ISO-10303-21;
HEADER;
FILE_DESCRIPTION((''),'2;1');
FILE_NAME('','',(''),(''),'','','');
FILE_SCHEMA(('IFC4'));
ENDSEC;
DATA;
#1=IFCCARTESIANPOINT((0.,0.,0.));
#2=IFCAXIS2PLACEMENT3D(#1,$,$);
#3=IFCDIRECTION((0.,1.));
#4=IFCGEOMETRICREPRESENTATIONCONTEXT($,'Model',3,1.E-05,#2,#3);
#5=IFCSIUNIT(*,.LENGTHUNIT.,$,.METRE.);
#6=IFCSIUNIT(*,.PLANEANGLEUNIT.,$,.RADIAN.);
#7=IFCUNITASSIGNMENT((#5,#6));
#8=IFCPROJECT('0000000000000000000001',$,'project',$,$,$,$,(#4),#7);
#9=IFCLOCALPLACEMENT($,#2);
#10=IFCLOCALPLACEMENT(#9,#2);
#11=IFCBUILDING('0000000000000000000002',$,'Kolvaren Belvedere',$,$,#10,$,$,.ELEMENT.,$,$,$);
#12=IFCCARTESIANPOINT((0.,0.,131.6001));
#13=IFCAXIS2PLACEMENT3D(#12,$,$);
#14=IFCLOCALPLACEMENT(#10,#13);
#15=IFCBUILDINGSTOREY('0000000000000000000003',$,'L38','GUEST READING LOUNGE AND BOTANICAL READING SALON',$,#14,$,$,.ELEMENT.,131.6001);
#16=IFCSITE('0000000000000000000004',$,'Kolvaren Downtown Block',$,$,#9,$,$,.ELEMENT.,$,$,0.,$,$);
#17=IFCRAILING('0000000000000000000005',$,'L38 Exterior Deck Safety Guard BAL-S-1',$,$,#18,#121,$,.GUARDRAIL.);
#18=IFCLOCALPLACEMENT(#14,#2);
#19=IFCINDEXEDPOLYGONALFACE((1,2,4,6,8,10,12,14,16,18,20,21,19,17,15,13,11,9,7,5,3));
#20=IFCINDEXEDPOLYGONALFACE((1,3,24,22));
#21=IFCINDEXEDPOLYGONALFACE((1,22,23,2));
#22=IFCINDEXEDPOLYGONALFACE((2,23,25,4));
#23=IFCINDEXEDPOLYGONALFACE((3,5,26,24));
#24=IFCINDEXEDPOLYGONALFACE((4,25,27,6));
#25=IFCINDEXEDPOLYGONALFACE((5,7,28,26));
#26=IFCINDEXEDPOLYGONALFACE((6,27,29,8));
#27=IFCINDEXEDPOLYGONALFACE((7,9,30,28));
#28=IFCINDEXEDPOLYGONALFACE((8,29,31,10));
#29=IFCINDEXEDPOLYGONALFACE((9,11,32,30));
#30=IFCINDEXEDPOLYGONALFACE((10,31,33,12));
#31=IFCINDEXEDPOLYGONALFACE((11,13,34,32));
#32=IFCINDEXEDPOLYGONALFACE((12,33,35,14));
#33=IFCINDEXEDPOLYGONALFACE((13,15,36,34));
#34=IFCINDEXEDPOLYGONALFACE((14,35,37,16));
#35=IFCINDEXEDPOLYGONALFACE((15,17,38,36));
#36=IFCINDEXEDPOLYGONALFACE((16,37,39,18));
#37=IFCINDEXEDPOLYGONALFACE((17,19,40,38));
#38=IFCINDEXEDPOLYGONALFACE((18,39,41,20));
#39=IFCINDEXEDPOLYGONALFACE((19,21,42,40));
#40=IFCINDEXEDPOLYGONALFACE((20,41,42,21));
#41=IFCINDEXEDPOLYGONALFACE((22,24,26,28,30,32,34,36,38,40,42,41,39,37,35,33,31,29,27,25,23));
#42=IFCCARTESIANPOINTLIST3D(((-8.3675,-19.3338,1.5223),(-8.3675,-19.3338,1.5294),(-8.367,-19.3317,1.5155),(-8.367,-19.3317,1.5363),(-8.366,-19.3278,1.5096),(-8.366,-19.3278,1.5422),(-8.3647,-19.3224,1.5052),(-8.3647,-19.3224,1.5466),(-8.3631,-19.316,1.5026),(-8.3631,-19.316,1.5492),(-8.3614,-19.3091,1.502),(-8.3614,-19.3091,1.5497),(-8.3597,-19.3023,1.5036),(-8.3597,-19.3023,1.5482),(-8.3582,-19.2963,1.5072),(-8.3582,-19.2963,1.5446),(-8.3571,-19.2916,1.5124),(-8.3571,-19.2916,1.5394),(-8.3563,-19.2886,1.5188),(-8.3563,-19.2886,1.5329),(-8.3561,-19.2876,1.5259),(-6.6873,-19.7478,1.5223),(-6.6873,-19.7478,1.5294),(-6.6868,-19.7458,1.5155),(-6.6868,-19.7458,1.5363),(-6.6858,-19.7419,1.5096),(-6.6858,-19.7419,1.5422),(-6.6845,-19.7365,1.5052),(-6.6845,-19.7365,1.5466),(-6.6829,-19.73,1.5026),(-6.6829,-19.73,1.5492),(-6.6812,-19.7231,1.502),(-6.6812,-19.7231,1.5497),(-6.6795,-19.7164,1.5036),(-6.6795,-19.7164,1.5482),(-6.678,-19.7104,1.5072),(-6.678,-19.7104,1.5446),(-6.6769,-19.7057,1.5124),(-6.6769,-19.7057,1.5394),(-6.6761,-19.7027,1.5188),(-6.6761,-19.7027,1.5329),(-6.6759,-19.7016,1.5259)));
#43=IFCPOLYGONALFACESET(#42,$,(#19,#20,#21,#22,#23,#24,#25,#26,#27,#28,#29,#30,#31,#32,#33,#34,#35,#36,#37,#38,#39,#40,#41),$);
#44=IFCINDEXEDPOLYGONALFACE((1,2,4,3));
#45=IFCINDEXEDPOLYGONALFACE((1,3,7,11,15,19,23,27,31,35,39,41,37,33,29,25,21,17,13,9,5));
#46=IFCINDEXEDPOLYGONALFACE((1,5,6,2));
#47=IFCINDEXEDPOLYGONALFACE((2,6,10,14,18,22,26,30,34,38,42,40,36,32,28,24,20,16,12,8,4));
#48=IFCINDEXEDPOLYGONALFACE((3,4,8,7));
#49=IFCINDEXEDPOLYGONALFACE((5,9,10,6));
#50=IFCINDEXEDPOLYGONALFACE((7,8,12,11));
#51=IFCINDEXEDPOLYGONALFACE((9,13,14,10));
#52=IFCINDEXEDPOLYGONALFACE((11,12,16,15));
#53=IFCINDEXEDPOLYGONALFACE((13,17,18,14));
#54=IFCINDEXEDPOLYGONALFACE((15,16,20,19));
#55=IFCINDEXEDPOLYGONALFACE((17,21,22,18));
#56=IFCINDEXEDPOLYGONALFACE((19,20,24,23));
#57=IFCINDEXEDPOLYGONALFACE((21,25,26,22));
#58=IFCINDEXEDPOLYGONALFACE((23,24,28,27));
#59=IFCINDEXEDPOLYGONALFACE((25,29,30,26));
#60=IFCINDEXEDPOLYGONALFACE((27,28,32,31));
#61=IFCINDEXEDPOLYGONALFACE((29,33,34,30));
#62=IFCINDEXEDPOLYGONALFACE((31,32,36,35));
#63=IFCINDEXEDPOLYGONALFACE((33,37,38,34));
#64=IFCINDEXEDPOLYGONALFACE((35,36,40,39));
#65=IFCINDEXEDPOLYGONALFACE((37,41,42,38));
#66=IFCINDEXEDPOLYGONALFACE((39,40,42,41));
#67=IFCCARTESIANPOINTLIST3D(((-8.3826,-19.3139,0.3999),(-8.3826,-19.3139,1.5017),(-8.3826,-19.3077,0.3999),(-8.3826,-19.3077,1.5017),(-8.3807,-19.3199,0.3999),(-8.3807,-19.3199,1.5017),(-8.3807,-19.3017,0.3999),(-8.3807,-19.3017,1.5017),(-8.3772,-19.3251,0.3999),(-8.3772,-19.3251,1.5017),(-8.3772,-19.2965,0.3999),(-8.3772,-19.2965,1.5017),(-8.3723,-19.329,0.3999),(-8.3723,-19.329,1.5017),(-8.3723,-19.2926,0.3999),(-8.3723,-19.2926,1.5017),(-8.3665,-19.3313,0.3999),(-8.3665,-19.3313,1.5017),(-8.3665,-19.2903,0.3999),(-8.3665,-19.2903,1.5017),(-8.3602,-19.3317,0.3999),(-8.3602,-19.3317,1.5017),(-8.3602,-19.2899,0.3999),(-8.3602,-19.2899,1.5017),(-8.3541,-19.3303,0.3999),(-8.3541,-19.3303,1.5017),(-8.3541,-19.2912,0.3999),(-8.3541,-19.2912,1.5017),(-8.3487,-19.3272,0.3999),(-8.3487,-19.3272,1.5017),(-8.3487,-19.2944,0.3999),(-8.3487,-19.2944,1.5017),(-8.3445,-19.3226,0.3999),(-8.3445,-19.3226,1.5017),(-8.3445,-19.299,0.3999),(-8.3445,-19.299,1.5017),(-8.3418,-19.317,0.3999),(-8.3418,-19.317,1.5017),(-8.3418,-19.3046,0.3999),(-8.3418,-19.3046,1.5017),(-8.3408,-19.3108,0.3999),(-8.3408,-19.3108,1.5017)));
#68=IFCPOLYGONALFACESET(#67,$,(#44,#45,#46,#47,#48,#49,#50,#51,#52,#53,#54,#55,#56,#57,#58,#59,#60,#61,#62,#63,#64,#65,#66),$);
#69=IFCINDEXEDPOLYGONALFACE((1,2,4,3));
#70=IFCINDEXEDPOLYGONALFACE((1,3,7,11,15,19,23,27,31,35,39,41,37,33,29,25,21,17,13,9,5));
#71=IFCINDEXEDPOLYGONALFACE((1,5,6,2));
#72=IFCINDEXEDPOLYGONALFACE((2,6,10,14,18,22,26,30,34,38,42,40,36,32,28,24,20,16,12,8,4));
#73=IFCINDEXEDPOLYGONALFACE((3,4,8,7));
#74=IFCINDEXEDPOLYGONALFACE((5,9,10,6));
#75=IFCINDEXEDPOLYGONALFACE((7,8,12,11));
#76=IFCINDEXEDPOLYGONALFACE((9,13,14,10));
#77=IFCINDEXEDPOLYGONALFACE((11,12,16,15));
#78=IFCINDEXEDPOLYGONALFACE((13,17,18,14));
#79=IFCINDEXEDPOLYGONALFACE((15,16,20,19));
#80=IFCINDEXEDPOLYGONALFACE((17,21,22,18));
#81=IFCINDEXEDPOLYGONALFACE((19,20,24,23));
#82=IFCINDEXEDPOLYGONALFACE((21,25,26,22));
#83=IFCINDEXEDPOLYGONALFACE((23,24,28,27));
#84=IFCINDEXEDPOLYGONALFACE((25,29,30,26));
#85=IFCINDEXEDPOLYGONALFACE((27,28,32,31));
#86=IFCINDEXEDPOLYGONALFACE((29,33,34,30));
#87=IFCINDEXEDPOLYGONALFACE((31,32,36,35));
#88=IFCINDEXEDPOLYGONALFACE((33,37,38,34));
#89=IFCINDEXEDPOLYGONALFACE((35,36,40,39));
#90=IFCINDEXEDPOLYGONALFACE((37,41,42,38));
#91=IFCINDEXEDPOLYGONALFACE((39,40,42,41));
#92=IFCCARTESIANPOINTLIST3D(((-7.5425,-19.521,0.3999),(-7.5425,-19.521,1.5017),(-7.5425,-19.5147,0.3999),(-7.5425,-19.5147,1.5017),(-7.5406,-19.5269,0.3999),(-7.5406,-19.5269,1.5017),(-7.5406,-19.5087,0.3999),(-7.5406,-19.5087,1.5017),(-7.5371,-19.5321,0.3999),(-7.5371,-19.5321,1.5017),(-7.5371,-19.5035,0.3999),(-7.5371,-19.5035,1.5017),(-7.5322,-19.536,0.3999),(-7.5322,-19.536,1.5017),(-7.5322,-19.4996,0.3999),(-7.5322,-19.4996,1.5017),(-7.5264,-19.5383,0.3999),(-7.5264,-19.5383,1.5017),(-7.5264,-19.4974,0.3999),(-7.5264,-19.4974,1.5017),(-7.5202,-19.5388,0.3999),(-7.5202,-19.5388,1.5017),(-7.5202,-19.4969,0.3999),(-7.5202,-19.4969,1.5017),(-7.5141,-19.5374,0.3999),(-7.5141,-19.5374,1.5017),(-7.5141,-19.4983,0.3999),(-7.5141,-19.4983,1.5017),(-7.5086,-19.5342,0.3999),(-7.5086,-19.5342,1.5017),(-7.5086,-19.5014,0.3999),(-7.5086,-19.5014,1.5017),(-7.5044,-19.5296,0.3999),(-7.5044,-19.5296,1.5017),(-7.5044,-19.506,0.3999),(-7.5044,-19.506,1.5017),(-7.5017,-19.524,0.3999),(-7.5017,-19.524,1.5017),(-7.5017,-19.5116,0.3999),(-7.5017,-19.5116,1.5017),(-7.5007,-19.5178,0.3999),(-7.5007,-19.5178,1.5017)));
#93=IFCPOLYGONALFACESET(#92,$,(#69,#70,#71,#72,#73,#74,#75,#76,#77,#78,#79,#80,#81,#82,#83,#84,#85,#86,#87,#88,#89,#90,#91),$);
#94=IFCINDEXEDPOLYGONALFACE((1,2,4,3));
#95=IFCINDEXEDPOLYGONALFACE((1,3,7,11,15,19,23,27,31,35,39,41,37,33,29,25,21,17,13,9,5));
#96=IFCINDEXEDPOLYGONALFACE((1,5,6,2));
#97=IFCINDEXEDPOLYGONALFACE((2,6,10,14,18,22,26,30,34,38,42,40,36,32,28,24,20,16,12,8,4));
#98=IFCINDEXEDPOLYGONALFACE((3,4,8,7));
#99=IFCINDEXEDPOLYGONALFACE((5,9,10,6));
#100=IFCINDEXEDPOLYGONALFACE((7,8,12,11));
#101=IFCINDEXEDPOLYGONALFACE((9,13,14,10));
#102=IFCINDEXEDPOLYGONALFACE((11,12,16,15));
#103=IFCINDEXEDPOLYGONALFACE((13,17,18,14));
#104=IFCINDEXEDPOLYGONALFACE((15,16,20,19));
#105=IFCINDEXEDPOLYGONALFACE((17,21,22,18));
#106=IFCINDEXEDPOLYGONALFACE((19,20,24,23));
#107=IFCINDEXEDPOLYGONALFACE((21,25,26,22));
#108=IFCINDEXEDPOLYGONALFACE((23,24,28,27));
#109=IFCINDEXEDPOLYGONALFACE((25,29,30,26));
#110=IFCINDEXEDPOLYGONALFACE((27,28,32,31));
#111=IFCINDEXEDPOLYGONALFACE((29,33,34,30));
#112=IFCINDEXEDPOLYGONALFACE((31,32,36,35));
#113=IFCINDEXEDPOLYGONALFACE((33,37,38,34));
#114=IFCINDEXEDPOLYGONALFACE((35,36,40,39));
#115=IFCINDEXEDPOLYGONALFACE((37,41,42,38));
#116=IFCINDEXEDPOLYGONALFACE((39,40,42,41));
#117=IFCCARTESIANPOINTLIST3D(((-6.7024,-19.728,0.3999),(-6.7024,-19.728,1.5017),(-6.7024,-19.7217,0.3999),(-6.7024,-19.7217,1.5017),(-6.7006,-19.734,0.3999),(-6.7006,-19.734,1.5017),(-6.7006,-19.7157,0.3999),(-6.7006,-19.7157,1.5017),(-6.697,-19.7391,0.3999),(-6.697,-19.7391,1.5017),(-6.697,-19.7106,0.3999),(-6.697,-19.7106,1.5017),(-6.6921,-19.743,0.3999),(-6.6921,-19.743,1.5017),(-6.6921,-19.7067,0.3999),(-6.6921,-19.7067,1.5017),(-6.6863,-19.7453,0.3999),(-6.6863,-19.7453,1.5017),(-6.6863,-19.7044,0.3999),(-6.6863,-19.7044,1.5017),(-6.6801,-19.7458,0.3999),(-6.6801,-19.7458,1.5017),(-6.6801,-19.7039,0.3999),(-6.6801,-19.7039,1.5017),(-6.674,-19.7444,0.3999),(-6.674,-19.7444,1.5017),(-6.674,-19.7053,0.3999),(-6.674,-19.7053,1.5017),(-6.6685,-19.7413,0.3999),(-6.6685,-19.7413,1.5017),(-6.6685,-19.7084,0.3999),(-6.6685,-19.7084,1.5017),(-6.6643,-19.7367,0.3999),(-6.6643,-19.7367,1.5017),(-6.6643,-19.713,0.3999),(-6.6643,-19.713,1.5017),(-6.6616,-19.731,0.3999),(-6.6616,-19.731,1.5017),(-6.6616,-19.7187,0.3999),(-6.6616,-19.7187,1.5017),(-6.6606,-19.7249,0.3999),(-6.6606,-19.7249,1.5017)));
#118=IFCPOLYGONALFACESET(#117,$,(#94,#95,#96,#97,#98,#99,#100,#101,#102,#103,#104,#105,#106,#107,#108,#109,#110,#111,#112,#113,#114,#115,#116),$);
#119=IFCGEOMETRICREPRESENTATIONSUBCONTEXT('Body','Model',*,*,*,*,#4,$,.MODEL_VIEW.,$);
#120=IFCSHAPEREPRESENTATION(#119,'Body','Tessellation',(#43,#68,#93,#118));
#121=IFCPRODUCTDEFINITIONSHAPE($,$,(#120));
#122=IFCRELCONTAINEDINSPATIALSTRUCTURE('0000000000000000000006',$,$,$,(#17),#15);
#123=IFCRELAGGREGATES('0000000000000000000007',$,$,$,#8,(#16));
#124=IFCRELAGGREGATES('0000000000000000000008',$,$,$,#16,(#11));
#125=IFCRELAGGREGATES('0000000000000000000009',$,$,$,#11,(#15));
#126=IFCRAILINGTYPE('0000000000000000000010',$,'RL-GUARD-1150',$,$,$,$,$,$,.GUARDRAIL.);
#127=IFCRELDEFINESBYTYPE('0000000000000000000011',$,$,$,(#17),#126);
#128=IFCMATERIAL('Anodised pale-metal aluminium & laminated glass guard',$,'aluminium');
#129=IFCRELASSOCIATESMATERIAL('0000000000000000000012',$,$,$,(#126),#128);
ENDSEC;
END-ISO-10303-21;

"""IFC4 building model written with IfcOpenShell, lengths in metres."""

from ifc_helpers import new_model, si_unit, direction, frame, origin, origin_2d, place, context, subcontext, project, spatial, circle, extrude, material, type_object, element, save


model = new_model("IFC4")

# Units and contexts
model_context = context("Model", 3, precision=1e-05, world=origin(), true_north=direction((0.0, 1.0)))
body_context = subcontext(model_context, "Body", "Model", "MODEL_VIEW")
ifc_project = project(units=[si_unit("LENGTHUNIT", "METRE"), si_unit("PLANEANGLEUNIT", "RADIAN")], contexts=[model_context])

# Site, building, storey
site_placement = place(None, origin())
site = spatial("IfcSite", under=ifc_project, at=site_placement, Name="Kolvaren Downtown Block", CompositionType="ELEMENT", RefElevation=0.0)
building_placement = place(site_placement, origin())
building = spatial("IfcBuilding", under=site, at=building_placement, Name="Kolvaren Belvedere", CompositionType="ELEMENT")
storey_placement = place(building_placement, frame((0.0, 0.0, 131.6001)))
storey = spatial("IfcBuildingStorey", under=building, at=storey_placement, Name="L38", Description="GUEST READING LOUNGE AND BOTANICAL READING SALON", CompositionType="ELEMENT", Elevation=131.6001)

# Railing
ifc_material_1 = material(Name="Anodised pale-metal aluminium & laminated glass guard", Category="aluminium")
railing_type = type_object("IfcRailingType", Name="RL-GUARD-1150", PredefinedType="GUARDRAIL", material=ifc_material_1)
railing_1_placement = place(storey_placement, frame((-8.3618, -19.3108, 0.3999)))
element("IfcRailing", 1, at=railing_1_placement, inside=storey, type_object=railing_type, Name="L38 Exterior Deck Safety Guard BAL-S-1", PredefinedType="GUARDRAIL", context=body_context, shape_type="SweptSolid", body=[
    extrude(circle(Radius=0.0239, at=origin_2d()), frame((0.0, 0.0, 1.126), z_axis=(0.97095, -0.239281, 0.0), x_axis=(0.239281, 0.97095, 0.0)), (0.0, 0.0, 1.0), 1.7305),
    extrude(circle(Radius=0.021, at=origin_2d()), origin(), (0.0, 0.0, 1.0), 1.1018),
    extrude(circle(Radius=0.021, at=origin_2d()), frame((0.8401, -0.207, 0.0)), (0.0, 0.0, 1.0), 1.1018),
    extrude(circle(Radius=0.021, at=origin_2d()), frame((1.6802, -0.4141, 0.0)), (0.0, 0.0, 1.0), 1.1018),
])

save(model, "model.ifc")
